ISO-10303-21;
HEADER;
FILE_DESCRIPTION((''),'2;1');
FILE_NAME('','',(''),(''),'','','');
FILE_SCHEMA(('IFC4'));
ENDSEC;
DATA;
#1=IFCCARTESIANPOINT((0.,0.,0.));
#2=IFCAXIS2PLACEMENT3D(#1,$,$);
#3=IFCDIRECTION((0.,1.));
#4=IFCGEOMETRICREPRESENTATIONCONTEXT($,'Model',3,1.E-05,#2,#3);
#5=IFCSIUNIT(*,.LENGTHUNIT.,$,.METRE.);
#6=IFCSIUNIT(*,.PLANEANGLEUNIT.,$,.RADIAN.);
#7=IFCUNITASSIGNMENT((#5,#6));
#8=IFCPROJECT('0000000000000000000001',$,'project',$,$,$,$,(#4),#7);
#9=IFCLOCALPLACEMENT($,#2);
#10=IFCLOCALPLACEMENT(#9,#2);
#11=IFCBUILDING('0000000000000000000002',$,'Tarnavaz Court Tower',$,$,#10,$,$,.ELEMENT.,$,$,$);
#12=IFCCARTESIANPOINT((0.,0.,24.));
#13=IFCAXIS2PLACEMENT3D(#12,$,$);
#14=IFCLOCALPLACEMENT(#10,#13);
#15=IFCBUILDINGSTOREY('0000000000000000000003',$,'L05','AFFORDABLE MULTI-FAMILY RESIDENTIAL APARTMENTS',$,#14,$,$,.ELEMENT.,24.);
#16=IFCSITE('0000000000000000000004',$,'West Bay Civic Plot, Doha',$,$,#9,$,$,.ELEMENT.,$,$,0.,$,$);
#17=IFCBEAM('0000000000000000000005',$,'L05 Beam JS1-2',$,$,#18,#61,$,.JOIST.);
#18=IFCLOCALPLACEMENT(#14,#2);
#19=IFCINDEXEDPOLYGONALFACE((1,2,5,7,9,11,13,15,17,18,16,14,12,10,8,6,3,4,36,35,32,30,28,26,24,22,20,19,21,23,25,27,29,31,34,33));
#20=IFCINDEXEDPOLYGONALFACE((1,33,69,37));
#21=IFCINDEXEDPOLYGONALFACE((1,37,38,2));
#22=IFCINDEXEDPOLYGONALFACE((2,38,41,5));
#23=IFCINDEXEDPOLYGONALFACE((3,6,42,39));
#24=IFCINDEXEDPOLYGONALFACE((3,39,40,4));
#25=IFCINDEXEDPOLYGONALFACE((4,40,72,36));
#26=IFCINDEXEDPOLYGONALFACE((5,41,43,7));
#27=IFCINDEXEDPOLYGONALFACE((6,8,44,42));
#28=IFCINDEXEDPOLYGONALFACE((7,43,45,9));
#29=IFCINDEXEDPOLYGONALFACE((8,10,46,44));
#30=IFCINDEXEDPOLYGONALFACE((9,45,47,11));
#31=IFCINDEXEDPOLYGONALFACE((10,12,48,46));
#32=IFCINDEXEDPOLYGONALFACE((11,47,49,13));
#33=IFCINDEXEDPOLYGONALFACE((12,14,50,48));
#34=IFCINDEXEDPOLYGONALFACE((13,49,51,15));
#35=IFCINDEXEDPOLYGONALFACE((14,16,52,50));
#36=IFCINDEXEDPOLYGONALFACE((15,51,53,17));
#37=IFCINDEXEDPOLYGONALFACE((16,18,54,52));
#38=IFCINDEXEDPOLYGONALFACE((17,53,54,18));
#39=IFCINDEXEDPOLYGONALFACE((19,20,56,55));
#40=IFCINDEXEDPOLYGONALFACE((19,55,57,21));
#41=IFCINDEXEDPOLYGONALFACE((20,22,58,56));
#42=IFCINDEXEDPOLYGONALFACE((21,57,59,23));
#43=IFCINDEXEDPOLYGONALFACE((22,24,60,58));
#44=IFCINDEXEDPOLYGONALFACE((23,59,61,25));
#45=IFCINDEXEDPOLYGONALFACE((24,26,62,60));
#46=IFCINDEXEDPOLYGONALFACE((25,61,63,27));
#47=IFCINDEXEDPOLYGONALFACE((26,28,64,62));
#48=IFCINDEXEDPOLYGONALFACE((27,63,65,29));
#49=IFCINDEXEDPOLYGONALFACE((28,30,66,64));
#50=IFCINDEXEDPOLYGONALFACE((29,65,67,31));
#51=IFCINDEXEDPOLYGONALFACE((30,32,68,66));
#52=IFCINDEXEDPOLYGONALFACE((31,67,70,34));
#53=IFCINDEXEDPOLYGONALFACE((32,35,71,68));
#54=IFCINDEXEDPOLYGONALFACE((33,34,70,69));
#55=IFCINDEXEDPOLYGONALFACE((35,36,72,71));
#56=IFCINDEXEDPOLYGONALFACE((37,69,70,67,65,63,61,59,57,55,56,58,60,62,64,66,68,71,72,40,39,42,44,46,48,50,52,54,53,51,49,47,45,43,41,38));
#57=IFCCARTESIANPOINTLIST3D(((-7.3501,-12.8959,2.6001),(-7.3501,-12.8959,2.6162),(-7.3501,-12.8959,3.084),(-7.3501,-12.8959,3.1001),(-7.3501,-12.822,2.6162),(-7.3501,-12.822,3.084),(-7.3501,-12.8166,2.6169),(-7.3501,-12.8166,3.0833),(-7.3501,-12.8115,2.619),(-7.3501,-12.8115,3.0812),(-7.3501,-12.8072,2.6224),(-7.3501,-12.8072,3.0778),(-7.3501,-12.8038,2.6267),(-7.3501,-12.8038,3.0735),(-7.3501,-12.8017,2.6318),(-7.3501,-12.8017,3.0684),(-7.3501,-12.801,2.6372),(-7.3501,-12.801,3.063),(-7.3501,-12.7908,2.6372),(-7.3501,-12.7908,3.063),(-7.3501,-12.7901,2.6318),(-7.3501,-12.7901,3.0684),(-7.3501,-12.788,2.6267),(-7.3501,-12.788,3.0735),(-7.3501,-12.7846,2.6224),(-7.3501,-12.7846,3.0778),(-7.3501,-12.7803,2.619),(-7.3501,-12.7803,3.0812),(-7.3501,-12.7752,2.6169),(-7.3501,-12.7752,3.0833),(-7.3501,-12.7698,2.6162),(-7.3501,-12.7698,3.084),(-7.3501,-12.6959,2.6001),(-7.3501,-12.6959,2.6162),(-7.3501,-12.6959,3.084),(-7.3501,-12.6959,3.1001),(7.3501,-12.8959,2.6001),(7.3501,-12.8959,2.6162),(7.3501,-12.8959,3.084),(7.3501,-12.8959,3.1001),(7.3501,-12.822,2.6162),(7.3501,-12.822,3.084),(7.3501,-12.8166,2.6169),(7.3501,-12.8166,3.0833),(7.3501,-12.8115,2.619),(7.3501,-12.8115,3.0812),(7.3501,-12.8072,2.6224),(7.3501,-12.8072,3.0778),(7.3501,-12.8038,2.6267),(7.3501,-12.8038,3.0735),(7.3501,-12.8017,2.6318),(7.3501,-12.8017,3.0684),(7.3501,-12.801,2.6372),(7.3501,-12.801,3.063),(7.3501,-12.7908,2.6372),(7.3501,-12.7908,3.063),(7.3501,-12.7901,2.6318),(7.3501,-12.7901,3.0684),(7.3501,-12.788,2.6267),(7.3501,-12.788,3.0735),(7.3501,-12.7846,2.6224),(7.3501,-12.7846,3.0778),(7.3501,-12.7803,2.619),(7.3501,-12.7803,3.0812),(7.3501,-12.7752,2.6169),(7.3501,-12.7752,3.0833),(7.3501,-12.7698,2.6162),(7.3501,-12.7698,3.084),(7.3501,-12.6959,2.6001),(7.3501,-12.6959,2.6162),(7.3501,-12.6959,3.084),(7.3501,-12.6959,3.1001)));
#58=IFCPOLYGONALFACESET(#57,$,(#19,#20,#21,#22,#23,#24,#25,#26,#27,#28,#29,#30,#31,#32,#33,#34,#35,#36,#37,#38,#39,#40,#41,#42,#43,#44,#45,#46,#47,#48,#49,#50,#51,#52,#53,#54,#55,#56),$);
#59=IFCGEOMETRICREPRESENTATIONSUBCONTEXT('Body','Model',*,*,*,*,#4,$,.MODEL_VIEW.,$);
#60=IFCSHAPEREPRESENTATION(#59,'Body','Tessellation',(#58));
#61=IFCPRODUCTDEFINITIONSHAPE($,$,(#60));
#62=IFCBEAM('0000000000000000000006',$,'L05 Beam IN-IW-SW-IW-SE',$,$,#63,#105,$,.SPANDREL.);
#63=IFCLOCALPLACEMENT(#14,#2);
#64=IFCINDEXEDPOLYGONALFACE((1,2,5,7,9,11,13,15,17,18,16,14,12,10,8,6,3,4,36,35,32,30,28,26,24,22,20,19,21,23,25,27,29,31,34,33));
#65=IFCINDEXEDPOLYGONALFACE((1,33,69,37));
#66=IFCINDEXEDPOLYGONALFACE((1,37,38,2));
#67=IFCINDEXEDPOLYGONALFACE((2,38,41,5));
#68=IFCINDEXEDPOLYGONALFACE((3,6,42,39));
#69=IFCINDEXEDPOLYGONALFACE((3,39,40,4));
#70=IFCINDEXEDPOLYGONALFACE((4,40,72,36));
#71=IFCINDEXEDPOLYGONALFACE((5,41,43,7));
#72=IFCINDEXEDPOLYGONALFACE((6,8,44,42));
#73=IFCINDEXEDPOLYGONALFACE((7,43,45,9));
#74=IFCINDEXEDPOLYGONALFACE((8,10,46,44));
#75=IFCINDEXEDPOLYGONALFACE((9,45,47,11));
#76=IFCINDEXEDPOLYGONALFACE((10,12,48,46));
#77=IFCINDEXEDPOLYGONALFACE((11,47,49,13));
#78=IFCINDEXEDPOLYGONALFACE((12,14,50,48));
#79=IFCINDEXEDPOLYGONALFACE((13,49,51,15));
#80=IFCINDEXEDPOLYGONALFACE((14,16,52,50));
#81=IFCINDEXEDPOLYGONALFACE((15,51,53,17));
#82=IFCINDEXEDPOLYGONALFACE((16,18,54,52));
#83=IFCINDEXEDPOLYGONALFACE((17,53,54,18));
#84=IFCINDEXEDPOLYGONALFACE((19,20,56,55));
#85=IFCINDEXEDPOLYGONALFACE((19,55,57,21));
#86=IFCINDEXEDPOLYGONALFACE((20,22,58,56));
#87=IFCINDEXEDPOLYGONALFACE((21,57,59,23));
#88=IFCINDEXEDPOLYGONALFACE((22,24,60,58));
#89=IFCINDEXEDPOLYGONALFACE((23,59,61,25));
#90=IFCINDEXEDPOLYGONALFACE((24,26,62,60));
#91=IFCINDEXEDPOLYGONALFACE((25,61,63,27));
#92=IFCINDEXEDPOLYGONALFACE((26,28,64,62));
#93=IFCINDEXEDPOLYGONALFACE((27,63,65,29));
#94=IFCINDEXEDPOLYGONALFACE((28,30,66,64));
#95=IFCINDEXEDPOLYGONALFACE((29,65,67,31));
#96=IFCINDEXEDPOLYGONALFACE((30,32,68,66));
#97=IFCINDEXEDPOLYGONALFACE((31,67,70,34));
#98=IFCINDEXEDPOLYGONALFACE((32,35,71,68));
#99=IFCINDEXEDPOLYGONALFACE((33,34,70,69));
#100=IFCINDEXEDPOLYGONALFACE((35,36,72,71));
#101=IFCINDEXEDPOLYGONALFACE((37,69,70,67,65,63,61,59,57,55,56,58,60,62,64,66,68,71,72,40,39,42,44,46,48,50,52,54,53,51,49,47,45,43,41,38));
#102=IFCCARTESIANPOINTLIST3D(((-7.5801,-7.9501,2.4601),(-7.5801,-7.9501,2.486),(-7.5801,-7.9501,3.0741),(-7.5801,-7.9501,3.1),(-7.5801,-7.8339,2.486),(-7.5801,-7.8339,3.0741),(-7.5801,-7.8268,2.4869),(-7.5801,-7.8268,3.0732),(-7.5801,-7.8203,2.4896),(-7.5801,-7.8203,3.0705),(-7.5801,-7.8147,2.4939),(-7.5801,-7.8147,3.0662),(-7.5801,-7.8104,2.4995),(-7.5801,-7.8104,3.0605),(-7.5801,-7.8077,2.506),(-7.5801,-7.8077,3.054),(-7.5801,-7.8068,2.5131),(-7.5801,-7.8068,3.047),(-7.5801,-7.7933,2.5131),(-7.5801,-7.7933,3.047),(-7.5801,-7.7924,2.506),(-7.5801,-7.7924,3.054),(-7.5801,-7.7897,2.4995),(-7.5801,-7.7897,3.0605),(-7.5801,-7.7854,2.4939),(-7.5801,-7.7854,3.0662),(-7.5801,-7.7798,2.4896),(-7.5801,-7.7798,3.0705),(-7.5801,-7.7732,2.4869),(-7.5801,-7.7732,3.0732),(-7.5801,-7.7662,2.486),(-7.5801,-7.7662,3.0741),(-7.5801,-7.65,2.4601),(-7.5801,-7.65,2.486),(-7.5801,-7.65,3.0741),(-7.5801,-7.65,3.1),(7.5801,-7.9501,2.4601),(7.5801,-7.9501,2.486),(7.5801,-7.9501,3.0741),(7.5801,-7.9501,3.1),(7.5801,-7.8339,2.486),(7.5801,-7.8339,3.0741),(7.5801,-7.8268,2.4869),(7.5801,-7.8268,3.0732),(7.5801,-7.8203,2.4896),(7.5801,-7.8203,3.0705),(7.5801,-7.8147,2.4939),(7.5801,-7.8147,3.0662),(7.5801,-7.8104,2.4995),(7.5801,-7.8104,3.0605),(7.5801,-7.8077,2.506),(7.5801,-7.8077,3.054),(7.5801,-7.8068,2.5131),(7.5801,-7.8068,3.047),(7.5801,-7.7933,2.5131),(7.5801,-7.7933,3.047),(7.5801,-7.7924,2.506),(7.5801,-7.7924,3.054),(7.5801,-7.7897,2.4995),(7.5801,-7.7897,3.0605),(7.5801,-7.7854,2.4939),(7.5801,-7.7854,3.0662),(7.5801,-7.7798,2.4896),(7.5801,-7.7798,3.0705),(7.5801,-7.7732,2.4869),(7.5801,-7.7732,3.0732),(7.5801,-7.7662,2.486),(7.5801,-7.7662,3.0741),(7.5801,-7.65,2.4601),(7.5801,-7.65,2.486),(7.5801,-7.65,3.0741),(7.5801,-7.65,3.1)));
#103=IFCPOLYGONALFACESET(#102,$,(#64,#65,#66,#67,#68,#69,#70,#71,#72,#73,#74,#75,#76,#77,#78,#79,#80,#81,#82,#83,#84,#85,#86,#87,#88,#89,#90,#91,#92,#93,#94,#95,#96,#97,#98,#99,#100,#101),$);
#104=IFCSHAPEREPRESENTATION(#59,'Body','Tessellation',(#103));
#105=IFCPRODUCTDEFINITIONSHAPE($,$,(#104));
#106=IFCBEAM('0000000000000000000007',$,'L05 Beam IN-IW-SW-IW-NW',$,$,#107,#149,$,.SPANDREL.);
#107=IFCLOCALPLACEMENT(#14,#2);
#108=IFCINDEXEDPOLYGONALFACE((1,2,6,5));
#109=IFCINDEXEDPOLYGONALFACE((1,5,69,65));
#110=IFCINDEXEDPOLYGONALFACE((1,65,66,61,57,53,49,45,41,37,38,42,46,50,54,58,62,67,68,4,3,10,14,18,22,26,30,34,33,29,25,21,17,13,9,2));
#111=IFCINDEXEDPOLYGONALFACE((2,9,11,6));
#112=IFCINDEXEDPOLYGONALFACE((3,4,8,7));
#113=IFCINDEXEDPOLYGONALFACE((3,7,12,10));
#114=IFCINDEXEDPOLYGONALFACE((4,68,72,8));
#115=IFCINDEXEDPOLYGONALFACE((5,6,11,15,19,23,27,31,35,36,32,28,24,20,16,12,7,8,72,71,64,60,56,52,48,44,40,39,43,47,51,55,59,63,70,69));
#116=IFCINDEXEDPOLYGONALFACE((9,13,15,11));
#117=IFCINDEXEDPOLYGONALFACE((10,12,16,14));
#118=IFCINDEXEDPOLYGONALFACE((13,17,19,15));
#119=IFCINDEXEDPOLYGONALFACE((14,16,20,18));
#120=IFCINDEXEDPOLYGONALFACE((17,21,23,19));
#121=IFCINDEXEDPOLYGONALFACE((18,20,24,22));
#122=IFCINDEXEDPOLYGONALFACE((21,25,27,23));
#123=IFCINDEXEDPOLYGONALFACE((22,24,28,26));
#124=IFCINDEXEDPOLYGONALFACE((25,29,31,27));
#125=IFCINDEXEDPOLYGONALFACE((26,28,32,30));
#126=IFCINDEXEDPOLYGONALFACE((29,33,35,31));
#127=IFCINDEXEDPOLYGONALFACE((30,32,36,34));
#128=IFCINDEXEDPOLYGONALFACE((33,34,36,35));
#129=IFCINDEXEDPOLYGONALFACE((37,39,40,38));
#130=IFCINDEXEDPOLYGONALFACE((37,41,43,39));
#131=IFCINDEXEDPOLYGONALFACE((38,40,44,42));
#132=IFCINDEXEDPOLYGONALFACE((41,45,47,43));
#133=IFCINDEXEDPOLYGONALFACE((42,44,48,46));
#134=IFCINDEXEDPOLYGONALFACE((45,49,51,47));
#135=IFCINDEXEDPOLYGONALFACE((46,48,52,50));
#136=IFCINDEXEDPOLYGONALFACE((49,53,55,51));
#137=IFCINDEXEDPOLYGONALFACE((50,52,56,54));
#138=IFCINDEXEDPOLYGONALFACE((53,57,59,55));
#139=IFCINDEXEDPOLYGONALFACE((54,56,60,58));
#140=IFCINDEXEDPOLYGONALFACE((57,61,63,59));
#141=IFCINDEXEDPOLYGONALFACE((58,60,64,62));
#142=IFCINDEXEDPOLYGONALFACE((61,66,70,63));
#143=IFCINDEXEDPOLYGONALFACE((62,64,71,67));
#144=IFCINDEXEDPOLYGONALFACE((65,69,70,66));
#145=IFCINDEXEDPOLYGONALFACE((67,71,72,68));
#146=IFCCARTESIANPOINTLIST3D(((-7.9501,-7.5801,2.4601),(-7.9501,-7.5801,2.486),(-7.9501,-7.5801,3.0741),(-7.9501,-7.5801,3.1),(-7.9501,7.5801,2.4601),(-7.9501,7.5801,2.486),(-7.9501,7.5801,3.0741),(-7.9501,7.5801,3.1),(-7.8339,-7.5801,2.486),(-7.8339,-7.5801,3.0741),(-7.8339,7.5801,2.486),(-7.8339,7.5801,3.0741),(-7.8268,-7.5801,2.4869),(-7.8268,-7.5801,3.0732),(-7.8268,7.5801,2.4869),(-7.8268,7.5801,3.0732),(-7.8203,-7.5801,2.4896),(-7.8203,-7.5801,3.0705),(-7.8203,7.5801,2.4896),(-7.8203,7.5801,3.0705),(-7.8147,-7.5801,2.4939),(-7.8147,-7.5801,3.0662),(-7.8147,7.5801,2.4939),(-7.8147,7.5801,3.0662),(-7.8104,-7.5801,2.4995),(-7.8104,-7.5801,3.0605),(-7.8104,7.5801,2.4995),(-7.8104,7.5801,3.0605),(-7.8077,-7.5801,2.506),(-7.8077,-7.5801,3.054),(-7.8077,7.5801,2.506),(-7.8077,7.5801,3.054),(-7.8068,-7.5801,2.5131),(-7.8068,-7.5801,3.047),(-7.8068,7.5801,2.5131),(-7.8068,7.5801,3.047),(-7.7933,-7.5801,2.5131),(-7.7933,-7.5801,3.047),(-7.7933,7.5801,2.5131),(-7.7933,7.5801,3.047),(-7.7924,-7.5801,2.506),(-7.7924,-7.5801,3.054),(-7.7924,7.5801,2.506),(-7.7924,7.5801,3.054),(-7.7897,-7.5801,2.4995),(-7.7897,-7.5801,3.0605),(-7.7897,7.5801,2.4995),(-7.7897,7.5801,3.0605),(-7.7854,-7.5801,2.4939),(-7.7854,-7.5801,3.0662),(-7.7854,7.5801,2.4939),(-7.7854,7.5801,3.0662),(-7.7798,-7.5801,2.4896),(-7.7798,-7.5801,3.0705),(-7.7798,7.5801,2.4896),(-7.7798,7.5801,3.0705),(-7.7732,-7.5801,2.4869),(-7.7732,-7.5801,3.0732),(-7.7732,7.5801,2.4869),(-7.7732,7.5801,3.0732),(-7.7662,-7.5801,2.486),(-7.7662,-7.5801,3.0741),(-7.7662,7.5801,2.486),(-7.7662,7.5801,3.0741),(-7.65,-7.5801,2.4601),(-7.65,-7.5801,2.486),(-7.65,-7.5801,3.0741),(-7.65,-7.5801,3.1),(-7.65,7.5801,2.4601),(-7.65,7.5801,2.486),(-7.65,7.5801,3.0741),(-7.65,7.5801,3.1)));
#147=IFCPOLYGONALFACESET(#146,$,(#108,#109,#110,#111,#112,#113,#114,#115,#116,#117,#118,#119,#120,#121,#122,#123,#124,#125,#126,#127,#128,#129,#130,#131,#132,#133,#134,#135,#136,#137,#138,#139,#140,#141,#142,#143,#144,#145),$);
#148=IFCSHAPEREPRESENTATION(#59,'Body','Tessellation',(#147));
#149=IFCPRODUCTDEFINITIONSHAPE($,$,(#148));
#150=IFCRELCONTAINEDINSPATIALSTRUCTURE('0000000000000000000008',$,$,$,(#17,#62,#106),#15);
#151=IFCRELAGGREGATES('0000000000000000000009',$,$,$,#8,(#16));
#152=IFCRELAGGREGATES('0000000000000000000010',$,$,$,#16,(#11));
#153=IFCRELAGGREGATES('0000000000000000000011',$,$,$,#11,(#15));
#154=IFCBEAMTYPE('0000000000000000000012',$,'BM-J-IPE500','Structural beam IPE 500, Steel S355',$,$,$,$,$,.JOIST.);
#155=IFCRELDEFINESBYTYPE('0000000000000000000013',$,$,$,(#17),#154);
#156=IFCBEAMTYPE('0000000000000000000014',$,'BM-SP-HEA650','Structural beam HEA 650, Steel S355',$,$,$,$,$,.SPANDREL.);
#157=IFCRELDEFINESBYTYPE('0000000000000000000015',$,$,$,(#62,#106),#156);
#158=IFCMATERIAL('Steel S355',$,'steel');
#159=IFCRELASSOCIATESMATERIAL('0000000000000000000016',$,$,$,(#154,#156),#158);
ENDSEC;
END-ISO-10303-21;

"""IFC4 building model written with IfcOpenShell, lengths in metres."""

from ifc_helpers import new_model, si_unit, direction, frame, origin, origin_2d, place, context, subcontext, project, spatial, i_section, extrude, material, material_profile, profile_set, type_object, element, save


model = new_model("IFC4")

# Units and contexts
model_context = context("Model", 3, precision=1e-05, world=origin(), true_north=direction((0.0, 1.0)))
body_context = subcontext(model_context, "Body", "Model", "MODEL_VIEW")
ifc_project = project(units=[si_unit("LENGTHUNIT", "METRE"), si_unit("PLANEANGLEUNIT", "RADIAN")], contexts=[model_context])

# Site, building, storey
site_placement = place(None, origin())
site = spatial("IfcSite", under=ifc_project, at=site_placement, Name="West Bay Civic Plot, Doha", CompositionType="ELEMENT", RefElevation=0.0)
building_placement = place(site_placement, origin())
building = spatial("IfcBuilding", under=site, at=building_placement, Name="Tarnavaz Court Tower", CompositionType="ELEMENT")
storey_placement = place(building_placement, frame((0.0, 0.0, 24.0)))
storey = spatial("IfcBuildingStorey", under=building, at=storey_placement, Name="L05", Description="AFFORDABLE MULTI-FAMILY RESIDENTIAL APARTMENTS", CompositionType="ELEMENT", Elevation=24.0)

# Beams
ifc_material_1 = material(Name="Steel S355", Category="steel")
ifc_material_profile_1 = material_profile(ifc_material_1, i_section(OverallWidth=0.2, OverallDepth=0.5, WebThickness=0.0103, FlangeThickness=0.0161, FilletRadius=0.021, at=origin_2d()), Name="IPE 500")
ifc_profile_set_1 = profile_set([ifc_material_profile_1], Name="Steel S355")
beam_type_1 = type_object("IfcBeamType", Name="BM-J-IPE500", Description="Structural beam IPE 500, Steel S355", PredefinedType="JOIST", material=ifc_profile_set_1)
beam_1_placement = place(storey_placement, frame((-7.3501, -12.7959, 2.8501), z_axis=(1.0, 0.0, 0.0), x_axis=(0.0, 1.0, 0.0)))
element("IfcBeam", 1, at=beam_1_placement, inside=storey, type_object=beam_type_1, Name="L05 Beam JS1-2", PredefinedType="JOIST", context=body_context, shape_type="SweptSolid", body=[
    extrude(i_section(OverallWidth=0.2, OverallDepth=0.5, WebThickness=0.0103, FlangeThickness=0.0161, FilletRadius=0.021, at=origin_2d()), origin(), (0.0, 0.0, 1.0), 14.7002),
])
ifc_material_profile_2 = material_profile(ifc_material_1, i_section(OverallWidth=0.3, OverallDepth=0.6399, WebThickness=0.0134, FlangeThickness=0.0259, FilletRadius=0.0271, at=origin_2d()), Name="HEA 650")
ifc_profile_set_2 = profile_set([ifc_material_profile_2], Name="Steel S355")
beam_type_2 = type_object("IfcBeamType", Name="BM-SP-HEA650", Description="Structural beam HEA 650, Steel S355", PredefinedType="SPANDREL", material=ifc_profile_set_2)
for number, where, z_axis, x_axis, name in (
    (2, (-7.5801, -7.8, 2.78), (1.0, 0.0, 0.0), (0.0, 1.0, 0.0), "L05 Beam IN-IW-SW-IW-SE"),
    (3, (-7.8, -7.5801, 2.78), (0.0, 1.0, 0.0), (-1.0, 0.0, 0.0), "L05 Beam IN-IW-SW-IW-NW"),
):
    element("IfcBeam", number, at=place(storey_placement, frame(where, z_axis=z_axis, x_axis=x_axis)), inside=storey, type_object=beam_type_2, Name=name, PredefinedType="SPANDREL", context=body_context, shape_type="SweptSolid", body=[
        extrude(i_section(OverallWidth=0.3, OverallDepth=0.6399, WebThickness=0.0134, FlangeThickness=0.0259, FilletRadius=0.0271, at=origin_2d()), origin(), (0.0, 0.0, 1.0), 15.1602),
    ])

save(model, "model.ifc")
